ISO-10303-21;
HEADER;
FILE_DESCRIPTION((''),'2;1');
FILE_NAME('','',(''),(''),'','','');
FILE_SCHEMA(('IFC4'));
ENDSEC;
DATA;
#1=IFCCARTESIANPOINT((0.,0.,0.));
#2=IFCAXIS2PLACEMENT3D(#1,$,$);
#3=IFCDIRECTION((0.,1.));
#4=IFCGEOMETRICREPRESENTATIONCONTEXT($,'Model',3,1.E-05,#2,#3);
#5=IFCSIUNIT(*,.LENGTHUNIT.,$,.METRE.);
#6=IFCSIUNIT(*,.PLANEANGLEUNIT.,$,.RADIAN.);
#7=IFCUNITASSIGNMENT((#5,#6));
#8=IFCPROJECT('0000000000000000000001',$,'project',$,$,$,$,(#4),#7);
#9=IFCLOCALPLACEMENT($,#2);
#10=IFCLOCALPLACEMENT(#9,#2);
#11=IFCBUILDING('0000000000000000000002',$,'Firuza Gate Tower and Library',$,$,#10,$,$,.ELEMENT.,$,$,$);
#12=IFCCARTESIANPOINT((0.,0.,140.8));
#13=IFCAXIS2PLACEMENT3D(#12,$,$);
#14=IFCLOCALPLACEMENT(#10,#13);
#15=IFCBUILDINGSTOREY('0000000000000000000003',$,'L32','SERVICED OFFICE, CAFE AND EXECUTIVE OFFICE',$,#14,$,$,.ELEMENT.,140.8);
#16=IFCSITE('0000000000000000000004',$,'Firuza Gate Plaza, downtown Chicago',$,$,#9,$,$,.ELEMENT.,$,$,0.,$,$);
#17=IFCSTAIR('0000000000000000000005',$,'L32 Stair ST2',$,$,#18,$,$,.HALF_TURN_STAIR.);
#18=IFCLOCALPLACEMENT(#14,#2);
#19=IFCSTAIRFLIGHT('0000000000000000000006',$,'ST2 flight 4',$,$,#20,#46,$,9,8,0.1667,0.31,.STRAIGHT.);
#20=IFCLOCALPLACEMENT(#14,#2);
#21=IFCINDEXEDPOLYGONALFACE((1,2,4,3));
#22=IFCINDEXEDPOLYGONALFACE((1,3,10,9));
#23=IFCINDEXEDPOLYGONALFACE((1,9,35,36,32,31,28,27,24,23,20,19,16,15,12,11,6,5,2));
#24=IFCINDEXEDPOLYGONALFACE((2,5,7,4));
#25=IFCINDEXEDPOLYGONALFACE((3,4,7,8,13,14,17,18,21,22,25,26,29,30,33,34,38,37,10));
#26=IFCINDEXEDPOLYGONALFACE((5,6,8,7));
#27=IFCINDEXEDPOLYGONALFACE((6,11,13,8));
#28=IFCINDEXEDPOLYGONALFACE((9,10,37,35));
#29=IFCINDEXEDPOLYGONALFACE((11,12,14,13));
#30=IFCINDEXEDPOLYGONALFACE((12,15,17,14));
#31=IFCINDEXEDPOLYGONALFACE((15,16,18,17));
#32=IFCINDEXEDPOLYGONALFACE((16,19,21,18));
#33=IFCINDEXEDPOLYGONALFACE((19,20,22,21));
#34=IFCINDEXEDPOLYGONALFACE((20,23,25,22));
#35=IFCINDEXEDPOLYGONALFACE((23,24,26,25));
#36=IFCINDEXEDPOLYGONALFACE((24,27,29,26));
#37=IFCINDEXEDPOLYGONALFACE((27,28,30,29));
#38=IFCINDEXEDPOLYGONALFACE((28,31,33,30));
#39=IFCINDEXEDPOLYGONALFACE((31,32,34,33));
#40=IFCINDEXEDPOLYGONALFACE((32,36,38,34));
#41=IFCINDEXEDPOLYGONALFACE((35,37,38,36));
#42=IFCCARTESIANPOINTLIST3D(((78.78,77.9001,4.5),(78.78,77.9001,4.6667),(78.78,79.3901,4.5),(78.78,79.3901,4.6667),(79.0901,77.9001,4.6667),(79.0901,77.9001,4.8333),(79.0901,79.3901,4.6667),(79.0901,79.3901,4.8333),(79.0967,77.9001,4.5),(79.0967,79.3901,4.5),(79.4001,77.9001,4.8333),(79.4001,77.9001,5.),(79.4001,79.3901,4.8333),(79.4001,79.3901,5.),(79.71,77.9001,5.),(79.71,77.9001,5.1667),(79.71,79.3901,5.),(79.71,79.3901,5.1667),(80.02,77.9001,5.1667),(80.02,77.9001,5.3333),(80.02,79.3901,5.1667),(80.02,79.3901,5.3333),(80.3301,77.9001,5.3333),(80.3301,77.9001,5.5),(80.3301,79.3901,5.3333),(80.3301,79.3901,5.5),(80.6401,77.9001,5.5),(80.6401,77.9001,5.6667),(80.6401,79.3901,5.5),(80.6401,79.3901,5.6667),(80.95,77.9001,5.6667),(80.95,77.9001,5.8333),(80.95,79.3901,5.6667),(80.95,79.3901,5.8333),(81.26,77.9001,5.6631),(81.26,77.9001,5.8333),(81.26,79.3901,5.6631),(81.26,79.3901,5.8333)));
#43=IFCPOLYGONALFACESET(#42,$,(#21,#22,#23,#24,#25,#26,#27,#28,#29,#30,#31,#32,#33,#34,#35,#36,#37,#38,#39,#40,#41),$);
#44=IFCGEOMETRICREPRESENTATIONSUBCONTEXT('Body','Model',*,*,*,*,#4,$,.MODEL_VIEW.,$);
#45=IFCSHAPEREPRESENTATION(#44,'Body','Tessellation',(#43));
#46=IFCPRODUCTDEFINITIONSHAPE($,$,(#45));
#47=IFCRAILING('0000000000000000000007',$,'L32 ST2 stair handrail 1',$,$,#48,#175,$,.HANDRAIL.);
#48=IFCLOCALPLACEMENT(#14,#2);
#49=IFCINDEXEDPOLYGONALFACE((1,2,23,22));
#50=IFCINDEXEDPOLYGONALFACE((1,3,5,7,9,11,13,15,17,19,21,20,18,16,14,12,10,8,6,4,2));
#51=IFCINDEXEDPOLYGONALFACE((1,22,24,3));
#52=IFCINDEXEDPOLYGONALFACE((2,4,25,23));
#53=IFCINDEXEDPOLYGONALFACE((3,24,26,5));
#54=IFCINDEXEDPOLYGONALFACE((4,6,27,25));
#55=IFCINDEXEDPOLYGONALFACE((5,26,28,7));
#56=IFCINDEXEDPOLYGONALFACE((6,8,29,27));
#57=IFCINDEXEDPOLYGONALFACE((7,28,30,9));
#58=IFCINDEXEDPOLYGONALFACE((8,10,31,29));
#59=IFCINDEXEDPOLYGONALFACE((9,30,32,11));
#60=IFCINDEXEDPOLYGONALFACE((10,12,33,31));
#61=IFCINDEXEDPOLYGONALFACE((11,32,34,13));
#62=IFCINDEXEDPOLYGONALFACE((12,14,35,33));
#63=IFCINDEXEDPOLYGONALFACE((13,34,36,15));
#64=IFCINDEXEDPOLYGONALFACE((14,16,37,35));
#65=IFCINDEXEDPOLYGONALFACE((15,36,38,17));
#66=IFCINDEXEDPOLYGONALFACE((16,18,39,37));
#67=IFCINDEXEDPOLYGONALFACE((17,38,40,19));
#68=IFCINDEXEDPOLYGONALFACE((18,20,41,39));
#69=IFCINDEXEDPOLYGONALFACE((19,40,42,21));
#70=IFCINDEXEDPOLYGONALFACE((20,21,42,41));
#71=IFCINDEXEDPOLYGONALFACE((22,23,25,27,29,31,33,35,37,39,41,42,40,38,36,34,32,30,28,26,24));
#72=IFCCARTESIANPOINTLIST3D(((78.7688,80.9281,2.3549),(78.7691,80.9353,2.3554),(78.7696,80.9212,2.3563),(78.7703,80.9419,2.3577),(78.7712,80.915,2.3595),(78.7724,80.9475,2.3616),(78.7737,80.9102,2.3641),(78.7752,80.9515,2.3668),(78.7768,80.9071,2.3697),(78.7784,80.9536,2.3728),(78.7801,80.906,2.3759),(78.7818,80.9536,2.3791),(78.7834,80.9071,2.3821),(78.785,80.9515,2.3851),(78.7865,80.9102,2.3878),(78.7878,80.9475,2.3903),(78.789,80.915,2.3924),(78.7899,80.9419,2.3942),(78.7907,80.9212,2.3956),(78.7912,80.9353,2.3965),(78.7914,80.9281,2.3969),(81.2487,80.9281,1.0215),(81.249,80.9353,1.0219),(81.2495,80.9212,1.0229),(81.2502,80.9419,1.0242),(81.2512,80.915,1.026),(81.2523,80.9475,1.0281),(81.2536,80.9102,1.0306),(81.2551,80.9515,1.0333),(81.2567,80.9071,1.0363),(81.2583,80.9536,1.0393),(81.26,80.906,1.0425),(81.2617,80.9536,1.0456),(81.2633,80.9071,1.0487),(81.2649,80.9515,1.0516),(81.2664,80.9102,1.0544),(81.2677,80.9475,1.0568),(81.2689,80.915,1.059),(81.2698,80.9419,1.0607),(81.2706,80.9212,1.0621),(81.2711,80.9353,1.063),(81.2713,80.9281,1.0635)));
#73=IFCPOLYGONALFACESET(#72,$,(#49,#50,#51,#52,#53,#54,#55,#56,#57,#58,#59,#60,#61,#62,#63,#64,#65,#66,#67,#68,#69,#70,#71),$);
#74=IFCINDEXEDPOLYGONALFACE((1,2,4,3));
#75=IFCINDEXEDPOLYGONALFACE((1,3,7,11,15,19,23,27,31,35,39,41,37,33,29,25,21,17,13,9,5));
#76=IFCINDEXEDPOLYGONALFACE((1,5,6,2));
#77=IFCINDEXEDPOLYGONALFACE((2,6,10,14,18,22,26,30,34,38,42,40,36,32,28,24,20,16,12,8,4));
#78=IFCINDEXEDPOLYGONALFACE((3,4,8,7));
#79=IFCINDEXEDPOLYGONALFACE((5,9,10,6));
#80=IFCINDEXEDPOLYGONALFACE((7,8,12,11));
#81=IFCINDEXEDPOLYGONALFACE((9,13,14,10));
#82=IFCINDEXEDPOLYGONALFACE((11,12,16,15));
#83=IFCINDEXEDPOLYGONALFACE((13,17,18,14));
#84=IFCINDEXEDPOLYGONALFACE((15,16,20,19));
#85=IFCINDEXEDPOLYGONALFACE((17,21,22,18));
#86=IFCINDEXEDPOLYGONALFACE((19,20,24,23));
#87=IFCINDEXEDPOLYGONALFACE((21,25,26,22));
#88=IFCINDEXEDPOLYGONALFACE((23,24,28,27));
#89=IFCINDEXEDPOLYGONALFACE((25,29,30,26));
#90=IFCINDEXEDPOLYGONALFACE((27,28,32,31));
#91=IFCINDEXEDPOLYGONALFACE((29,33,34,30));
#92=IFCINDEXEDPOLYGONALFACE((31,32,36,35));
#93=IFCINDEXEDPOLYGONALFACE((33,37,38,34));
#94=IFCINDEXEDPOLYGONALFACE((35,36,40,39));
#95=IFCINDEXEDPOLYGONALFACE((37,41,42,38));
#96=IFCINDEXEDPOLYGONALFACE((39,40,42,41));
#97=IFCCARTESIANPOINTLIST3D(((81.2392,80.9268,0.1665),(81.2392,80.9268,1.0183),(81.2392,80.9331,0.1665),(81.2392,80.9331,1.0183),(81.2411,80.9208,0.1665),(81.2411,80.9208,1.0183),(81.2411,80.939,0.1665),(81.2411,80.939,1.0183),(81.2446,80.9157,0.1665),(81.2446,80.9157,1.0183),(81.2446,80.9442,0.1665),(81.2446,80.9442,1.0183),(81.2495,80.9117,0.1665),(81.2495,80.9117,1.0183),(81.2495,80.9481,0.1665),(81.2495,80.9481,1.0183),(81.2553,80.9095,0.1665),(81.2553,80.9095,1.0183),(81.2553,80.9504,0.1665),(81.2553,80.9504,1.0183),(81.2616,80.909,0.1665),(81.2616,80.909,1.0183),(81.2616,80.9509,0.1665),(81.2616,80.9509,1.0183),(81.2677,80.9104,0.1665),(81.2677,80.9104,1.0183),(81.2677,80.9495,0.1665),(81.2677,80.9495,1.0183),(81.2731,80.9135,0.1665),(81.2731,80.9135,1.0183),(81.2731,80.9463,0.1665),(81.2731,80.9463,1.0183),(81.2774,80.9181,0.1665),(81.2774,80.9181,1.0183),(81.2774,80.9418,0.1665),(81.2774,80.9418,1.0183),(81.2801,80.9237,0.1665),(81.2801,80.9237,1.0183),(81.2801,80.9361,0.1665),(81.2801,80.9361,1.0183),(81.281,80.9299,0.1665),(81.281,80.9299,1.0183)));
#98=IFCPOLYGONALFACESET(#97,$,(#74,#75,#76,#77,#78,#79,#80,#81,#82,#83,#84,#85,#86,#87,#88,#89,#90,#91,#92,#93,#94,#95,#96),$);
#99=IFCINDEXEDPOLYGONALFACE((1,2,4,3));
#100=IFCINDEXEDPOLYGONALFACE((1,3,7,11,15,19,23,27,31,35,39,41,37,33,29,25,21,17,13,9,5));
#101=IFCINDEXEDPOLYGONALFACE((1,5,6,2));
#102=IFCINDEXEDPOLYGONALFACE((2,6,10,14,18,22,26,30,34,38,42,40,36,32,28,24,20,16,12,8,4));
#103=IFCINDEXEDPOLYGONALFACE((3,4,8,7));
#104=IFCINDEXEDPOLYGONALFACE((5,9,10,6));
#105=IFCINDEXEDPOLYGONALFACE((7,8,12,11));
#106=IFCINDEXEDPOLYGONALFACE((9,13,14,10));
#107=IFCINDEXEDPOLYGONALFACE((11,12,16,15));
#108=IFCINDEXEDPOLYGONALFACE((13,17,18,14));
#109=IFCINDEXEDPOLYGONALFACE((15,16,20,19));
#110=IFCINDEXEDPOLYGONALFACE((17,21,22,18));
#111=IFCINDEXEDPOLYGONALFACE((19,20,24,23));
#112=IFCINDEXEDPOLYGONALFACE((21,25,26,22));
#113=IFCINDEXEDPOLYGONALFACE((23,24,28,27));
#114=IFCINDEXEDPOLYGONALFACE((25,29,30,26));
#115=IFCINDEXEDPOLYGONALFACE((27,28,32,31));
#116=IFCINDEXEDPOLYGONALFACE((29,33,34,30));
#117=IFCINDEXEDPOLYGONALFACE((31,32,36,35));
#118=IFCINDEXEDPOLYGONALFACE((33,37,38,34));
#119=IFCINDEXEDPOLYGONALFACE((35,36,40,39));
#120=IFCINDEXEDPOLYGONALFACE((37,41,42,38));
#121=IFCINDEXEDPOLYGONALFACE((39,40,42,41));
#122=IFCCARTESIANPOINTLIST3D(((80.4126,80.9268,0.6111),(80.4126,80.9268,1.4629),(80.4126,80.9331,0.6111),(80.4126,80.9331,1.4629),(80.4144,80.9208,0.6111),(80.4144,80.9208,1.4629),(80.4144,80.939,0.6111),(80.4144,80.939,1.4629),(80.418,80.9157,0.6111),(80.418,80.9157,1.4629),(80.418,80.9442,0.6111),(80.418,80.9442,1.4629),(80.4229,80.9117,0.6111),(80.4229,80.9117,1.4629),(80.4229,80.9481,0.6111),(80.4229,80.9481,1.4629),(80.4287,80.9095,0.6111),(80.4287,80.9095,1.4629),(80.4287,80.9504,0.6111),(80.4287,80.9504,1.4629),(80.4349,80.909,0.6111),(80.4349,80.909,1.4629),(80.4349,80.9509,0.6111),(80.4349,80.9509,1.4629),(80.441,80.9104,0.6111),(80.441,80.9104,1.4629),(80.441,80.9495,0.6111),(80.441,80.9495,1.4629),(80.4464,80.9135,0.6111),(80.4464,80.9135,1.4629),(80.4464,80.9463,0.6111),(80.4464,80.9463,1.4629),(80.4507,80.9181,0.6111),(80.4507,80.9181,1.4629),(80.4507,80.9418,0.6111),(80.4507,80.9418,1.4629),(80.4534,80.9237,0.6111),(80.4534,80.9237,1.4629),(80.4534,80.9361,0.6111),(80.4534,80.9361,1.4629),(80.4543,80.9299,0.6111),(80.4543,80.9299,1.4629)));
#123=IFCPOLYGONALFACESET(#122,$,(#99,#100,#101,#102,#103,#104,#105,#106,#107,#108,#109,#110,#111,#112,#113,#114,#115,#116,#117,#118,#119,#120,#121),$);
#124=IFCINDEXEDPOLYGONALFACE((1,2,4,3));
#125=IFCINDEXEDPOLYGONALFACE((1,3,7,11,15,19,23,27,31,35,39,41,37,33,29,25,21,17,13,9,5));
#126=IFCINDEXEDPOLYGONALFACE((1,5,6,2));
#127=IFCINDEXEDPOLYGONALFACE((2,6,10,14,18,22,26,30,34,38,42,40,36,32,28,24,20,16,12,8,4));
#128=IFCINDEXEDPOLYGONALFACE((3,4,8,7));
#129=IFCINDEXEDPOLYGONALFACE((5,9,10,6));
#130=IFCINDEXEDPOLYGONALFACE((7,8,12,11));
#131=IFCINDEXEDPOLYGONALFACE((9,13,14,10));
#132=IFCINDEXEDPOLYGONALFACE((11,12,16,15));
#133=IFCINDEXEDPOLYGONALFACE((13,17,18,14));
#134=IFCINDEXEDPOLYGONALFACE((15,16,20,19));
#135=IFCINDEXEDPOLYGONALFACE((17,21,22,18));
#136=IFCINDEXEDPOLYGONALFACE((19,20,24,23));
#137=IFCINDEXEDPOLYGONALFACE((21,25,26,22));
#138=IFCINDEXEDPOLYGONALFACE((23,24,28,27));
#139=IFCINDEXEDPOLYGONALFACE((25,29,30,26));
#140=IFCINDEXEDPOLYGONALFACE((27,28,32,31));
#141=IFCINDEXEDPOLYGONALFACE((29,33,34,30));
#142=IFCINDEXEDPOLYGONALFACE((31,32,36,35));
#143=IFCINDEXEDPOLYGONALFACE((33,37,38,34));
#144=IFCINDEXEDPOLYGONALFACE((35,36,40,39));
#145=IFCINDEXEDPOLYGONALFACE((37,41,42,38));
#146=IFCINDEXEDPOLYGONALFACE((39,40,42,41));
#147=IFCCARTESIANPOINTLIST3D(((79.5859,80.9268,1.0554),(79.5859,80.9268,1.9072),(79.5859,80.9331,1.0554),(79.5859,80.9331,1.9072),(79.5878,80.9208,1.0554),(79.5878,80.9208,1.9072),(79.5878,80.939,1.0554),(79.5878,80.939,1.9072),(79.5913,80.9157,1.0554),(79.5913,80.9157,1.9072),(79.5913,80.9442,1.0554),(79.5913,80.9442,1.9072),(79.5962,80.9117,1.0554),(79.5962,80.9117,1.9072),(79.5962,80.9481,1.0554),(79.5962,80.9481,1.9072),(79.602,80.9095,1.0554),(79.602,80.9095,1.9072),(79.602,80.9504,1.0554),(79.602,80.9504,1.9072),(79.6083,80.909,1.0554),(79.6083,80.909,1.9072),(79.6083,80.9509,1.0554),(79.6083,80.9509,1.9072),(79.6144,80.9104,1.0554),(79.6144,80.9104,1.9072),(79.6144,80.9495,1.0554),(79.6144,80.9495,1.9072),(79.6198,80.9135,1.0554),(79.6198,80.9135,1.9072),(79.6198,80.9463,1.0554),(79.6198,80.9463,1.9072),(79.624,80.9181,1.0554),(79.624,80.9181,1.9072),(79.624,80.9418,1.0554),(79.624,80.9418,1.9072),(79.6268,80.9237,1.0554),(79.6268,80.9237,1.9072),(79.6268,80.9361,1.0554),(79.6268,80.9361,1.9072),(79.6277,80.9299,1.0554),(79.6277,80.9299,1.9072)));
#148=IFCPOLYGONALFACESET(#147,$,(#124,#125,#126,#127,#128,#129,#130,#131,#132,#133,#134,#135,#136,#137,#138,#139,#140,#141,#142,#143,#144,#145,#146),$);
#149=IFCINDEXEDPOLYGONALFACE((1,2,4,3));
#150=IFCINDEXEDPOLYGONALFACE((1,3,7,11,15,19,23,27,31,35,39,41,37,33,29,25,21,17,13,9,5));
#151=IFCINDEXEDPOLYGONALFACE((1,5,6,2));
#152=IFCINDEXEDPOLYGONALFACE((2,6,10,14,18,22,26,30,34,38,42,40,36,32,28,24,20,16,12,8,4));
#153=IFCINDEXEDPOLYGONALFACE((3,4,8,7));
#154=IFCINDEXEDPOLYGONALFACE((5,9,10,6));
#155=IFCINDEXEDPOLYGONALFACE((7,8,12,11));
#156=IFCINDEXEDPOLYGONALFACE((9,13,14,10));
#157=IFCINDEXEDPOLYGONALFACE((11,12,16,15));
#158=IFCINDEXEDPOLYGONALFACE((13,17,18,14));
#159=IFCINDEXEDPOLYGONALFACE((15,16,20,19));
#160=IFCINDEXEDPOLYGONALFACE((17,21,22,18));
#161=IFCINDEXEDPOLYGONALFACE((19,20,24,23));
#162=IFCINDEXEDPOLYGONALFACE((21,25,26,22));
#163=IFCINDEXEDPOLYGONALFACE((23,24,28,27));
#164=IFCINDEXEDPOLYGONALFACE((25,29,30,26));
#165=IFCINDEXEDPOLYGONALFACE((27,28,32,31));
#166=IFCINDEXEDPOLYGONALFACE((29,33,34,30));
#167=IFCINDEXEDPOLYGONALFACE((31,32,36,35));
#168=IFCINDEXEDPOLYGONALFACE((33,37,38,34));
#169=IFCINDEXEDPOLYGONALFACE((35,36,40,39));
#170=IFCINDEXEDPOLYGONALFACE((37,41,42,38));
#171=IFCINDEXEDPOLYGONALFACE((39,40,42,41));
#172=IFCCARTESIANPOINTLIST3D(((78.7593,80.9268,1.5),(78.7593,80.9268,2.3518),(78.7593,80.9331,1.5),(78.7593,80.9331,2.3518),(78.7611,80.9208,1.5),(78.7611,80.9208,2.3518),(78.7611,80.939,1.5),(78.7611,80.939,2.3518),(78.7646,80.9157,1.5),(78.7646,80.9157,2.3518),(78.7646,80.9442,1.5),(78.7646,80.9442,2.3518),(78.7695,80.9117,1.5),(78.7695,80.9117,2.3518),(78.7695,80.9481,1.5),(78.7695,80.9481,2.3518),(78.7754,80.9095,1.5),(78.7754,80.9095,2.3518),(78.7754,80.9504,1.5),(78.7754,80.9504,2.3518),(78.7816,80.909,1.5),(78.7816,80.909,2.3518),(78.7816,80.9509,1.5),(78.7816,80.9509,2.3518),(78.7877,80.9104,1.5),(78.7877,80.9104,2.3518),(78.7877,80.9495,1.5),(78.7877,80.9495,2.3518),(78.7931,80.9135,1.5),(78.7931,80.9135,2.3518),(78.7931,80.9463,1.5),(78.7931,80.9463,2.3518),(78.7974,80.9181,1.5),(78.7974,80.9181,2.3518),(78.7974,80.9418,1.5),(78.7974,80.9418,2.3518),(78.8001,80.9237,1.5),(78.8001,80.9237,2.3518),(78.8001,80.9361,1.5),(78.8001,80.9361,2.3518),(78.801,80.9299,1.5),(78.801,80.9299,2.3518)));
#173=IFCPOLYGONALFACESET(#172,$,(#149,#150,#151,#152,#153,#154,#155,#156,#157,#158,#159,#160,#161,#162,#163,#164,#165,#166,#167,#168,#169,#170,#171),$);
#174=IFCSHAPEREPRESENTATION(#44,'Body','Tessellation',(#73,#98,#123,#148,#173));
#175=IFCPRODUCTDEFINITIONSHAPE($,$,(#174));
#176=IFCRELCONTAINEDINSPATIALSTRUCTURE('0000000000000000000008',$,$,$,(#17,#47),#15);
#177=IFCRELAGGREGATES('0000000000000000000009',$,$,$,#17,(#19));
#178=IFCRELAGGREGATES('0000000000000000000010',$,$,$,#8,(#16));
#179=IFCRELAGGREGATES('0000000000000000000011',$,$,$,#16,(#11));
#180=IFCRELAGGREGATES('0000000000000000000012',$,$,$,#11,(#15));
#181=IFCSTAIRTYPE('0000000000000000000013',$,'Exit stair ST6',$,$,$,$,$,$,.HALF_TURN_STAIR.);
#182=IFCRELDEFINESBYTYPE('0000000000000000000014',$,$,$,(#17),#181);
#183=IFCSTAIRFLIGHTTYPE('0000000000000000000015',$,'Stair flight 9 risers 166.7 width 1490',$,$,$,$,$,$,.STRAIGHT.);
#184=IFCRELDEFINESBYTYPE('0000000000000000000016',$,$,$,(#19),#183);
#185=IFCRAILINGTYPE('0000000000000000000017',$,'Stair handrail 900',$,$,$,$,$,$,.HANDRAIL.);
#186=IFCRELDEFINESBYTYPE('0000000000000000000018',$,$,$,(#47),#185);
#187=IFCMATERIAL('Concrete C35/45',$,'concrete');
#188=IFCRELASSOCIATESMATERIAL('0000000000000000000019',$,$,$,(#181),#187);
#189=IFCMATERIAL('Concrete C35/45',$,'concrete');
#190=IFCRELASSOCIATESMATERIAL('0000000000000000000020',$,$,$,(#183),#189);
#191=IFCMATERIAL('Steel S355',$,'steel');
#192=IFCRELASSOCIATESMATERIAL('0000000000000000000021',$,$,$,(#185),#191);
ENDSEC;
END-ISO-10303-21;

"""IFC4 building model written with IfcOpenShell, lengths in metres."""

from ifc_helpers import new_model, si_unit, direction, frame, origin, origin_2d, place, context, subcontext, project, spatial, polyline, circle, outline, extrude, material, type_object, element, aggregate, save


model = new_model("IFC4")

# Units and contexts
model_context = context("Model", 3, precision=1e-05, world=origin(), true_north=direction((0.0, 1.0)))
body_context = subcontext(model_context, "Body", "Model", "MODEL_VIEW")
ifc_project = project(units=[si_unit("LENGTHUNIT", "METRE"), si_unit("PLANEANGLEUNIT", "RADIAN")], contexts=[model_context])

# Site, building, storey
site_placement = place(None, origin())
site = spatial("IfcSite", under=ifc_project, at=site_placement, Name="Firuza Gate Plaza, downtown Chicago", CompositionType="ELEMENT", RefElevation=0.0)
building_placement = place(site_placement, origin())
building = spatial("IfcBuilding", under=site, at=building_placement, Name="Firuza Gate Tower and Library", CompositionType="ELEMENT")
storey_placement = place(building_placement, frame((0.0, 0.0, 140.8)))
storey = spatial("IfcBuildingStorey", under=building, at=storey_placement, Name="L32", Description="SERVICED OFFICE, CAFE AND EXECUTIVE OFFICE", CompositionType="ELEMENT", Elevation=140.8)

# Stair, stair flight
ifc_material_1 = material(Name="Concrete C35/45", Category="concrete")
stair_type = type_object("IfcStairType", Name="Exit stair ST6", PredefinedType="HALF_TURN_STAIR", material=ifc_material_1)
stair_placement = place(storey_placement, origin())
stair = element("IfcStair", 1, at=stair_placement, inside=storey, type_object=stair_type, Name="L32 Stair ST2", PredefinedType="HALF_TURN_STAIR")
ifc_material_2 = material(Name="Concrete C35/45", Category="concrete")
stair_flight_type = type_object("IfcStairFlightType", Name="Stair flight 9 risers 166.7 width 1490", PredefinedType="STRAIGHT", material=ifc_material_2)
stair_flight_1_placement = place(storey_placement, frame((78.78, 78.645, 4.5), z_axis=(0.0, 0.0, 1.0), x_axis=(1.0, 0.0, 0.0)))
stair_flight_1 = element("IfcStairFlight", 2, at=stair_flight_1_placement, type_object=stair_flight_type, Name="ST2 flight 4", NumberOfRisers=9, NumberOfTreads=8, PredefinedType="STRAIGHT", RiserHeight=0.1667, TreadLength=0.31, context=body_context, shape_type="SweptSolid", body=[
    extrude(outline(polyline([(0.0, 0.0), (0.0, 0.1667), (0.3101, 0.1667), (0.3101, 0.3333), (0.6201, 0.3333), (0.6201, 0.5), (0.9299, 0.5), (0.9299, 0.6667), (1.24, 0.6667), (1.24, 0.8333), (1.55, 0.8333), (1.55, 1.0), (1.8601, 1.0), (1.8601, 1.1667), (2.1699, 1.1667), (2.1699, 1.3333), (2.48, 1.3333), (2.48, 1.5), (2.48, 1.1631), (0.3167, 0.0), (0.0, 0.0)])), frame((0.0, 0.7451, 0.0), z_axis=(0.0, -1.0, 0.0), x_axis=(1.0, 0.0, 0.0)), (0.0, 0.0, 1.0), 1.49),
])
aggregate(stair, [stair_flight_1])

# Railing
ifc_material_3 = material(Name="Steel S355", Category="steel")
railing_type_1 = type_object("IfcRailingType", Name="Stair handrail 900", PredefinedType="HANDRAIL", material=ifc_material_3)
railing_1_placement = place(storey_placement, frame((81.26, 80.9299, 0.1665)))
element("IfcRailing", 3, at=railing_1_placement, inside=storey, type_object=railing_type_1, Name="L32 ST2 stair handrail 1", PredefinedType="HANDRAIL", context=body_context, shape_type="SweptSolid", body=[
    extrude(circle(Radius=0.0239, at=origin_2d()), frame((0.0, 0.0, 0.876), z_axis=(-0.880749, 0.0, 0.473583), x_axis=(0.0, -1.0, 0.0)), (0.0, 0.0, 1.0), 2.8157),
    extrude(circle(Radius=0.021, at=origin_2d()), origin(), (0.0, 0.0, 1.0), 0.8518),
    extrude(circle(Radius=0.021, at=origin_2d()), frame((-0.8267, 0.0, 0.4446)), (0.0, 0.0, 1.0), 0.8518),
    extrude(circle(Radius=0.021, at=origin_2d()), frame((-1.6533, 0.0, 0.8889)), (0.0, 0.0, 1.0), 0.8518),
    extrude(circle(Radius=0.021, at=origin_2d()), frame((-2.48, 0.0, 1.3335)), (0.0, 0.0, 1.0), 0.8518),
])

save(model, "model.ifc")
